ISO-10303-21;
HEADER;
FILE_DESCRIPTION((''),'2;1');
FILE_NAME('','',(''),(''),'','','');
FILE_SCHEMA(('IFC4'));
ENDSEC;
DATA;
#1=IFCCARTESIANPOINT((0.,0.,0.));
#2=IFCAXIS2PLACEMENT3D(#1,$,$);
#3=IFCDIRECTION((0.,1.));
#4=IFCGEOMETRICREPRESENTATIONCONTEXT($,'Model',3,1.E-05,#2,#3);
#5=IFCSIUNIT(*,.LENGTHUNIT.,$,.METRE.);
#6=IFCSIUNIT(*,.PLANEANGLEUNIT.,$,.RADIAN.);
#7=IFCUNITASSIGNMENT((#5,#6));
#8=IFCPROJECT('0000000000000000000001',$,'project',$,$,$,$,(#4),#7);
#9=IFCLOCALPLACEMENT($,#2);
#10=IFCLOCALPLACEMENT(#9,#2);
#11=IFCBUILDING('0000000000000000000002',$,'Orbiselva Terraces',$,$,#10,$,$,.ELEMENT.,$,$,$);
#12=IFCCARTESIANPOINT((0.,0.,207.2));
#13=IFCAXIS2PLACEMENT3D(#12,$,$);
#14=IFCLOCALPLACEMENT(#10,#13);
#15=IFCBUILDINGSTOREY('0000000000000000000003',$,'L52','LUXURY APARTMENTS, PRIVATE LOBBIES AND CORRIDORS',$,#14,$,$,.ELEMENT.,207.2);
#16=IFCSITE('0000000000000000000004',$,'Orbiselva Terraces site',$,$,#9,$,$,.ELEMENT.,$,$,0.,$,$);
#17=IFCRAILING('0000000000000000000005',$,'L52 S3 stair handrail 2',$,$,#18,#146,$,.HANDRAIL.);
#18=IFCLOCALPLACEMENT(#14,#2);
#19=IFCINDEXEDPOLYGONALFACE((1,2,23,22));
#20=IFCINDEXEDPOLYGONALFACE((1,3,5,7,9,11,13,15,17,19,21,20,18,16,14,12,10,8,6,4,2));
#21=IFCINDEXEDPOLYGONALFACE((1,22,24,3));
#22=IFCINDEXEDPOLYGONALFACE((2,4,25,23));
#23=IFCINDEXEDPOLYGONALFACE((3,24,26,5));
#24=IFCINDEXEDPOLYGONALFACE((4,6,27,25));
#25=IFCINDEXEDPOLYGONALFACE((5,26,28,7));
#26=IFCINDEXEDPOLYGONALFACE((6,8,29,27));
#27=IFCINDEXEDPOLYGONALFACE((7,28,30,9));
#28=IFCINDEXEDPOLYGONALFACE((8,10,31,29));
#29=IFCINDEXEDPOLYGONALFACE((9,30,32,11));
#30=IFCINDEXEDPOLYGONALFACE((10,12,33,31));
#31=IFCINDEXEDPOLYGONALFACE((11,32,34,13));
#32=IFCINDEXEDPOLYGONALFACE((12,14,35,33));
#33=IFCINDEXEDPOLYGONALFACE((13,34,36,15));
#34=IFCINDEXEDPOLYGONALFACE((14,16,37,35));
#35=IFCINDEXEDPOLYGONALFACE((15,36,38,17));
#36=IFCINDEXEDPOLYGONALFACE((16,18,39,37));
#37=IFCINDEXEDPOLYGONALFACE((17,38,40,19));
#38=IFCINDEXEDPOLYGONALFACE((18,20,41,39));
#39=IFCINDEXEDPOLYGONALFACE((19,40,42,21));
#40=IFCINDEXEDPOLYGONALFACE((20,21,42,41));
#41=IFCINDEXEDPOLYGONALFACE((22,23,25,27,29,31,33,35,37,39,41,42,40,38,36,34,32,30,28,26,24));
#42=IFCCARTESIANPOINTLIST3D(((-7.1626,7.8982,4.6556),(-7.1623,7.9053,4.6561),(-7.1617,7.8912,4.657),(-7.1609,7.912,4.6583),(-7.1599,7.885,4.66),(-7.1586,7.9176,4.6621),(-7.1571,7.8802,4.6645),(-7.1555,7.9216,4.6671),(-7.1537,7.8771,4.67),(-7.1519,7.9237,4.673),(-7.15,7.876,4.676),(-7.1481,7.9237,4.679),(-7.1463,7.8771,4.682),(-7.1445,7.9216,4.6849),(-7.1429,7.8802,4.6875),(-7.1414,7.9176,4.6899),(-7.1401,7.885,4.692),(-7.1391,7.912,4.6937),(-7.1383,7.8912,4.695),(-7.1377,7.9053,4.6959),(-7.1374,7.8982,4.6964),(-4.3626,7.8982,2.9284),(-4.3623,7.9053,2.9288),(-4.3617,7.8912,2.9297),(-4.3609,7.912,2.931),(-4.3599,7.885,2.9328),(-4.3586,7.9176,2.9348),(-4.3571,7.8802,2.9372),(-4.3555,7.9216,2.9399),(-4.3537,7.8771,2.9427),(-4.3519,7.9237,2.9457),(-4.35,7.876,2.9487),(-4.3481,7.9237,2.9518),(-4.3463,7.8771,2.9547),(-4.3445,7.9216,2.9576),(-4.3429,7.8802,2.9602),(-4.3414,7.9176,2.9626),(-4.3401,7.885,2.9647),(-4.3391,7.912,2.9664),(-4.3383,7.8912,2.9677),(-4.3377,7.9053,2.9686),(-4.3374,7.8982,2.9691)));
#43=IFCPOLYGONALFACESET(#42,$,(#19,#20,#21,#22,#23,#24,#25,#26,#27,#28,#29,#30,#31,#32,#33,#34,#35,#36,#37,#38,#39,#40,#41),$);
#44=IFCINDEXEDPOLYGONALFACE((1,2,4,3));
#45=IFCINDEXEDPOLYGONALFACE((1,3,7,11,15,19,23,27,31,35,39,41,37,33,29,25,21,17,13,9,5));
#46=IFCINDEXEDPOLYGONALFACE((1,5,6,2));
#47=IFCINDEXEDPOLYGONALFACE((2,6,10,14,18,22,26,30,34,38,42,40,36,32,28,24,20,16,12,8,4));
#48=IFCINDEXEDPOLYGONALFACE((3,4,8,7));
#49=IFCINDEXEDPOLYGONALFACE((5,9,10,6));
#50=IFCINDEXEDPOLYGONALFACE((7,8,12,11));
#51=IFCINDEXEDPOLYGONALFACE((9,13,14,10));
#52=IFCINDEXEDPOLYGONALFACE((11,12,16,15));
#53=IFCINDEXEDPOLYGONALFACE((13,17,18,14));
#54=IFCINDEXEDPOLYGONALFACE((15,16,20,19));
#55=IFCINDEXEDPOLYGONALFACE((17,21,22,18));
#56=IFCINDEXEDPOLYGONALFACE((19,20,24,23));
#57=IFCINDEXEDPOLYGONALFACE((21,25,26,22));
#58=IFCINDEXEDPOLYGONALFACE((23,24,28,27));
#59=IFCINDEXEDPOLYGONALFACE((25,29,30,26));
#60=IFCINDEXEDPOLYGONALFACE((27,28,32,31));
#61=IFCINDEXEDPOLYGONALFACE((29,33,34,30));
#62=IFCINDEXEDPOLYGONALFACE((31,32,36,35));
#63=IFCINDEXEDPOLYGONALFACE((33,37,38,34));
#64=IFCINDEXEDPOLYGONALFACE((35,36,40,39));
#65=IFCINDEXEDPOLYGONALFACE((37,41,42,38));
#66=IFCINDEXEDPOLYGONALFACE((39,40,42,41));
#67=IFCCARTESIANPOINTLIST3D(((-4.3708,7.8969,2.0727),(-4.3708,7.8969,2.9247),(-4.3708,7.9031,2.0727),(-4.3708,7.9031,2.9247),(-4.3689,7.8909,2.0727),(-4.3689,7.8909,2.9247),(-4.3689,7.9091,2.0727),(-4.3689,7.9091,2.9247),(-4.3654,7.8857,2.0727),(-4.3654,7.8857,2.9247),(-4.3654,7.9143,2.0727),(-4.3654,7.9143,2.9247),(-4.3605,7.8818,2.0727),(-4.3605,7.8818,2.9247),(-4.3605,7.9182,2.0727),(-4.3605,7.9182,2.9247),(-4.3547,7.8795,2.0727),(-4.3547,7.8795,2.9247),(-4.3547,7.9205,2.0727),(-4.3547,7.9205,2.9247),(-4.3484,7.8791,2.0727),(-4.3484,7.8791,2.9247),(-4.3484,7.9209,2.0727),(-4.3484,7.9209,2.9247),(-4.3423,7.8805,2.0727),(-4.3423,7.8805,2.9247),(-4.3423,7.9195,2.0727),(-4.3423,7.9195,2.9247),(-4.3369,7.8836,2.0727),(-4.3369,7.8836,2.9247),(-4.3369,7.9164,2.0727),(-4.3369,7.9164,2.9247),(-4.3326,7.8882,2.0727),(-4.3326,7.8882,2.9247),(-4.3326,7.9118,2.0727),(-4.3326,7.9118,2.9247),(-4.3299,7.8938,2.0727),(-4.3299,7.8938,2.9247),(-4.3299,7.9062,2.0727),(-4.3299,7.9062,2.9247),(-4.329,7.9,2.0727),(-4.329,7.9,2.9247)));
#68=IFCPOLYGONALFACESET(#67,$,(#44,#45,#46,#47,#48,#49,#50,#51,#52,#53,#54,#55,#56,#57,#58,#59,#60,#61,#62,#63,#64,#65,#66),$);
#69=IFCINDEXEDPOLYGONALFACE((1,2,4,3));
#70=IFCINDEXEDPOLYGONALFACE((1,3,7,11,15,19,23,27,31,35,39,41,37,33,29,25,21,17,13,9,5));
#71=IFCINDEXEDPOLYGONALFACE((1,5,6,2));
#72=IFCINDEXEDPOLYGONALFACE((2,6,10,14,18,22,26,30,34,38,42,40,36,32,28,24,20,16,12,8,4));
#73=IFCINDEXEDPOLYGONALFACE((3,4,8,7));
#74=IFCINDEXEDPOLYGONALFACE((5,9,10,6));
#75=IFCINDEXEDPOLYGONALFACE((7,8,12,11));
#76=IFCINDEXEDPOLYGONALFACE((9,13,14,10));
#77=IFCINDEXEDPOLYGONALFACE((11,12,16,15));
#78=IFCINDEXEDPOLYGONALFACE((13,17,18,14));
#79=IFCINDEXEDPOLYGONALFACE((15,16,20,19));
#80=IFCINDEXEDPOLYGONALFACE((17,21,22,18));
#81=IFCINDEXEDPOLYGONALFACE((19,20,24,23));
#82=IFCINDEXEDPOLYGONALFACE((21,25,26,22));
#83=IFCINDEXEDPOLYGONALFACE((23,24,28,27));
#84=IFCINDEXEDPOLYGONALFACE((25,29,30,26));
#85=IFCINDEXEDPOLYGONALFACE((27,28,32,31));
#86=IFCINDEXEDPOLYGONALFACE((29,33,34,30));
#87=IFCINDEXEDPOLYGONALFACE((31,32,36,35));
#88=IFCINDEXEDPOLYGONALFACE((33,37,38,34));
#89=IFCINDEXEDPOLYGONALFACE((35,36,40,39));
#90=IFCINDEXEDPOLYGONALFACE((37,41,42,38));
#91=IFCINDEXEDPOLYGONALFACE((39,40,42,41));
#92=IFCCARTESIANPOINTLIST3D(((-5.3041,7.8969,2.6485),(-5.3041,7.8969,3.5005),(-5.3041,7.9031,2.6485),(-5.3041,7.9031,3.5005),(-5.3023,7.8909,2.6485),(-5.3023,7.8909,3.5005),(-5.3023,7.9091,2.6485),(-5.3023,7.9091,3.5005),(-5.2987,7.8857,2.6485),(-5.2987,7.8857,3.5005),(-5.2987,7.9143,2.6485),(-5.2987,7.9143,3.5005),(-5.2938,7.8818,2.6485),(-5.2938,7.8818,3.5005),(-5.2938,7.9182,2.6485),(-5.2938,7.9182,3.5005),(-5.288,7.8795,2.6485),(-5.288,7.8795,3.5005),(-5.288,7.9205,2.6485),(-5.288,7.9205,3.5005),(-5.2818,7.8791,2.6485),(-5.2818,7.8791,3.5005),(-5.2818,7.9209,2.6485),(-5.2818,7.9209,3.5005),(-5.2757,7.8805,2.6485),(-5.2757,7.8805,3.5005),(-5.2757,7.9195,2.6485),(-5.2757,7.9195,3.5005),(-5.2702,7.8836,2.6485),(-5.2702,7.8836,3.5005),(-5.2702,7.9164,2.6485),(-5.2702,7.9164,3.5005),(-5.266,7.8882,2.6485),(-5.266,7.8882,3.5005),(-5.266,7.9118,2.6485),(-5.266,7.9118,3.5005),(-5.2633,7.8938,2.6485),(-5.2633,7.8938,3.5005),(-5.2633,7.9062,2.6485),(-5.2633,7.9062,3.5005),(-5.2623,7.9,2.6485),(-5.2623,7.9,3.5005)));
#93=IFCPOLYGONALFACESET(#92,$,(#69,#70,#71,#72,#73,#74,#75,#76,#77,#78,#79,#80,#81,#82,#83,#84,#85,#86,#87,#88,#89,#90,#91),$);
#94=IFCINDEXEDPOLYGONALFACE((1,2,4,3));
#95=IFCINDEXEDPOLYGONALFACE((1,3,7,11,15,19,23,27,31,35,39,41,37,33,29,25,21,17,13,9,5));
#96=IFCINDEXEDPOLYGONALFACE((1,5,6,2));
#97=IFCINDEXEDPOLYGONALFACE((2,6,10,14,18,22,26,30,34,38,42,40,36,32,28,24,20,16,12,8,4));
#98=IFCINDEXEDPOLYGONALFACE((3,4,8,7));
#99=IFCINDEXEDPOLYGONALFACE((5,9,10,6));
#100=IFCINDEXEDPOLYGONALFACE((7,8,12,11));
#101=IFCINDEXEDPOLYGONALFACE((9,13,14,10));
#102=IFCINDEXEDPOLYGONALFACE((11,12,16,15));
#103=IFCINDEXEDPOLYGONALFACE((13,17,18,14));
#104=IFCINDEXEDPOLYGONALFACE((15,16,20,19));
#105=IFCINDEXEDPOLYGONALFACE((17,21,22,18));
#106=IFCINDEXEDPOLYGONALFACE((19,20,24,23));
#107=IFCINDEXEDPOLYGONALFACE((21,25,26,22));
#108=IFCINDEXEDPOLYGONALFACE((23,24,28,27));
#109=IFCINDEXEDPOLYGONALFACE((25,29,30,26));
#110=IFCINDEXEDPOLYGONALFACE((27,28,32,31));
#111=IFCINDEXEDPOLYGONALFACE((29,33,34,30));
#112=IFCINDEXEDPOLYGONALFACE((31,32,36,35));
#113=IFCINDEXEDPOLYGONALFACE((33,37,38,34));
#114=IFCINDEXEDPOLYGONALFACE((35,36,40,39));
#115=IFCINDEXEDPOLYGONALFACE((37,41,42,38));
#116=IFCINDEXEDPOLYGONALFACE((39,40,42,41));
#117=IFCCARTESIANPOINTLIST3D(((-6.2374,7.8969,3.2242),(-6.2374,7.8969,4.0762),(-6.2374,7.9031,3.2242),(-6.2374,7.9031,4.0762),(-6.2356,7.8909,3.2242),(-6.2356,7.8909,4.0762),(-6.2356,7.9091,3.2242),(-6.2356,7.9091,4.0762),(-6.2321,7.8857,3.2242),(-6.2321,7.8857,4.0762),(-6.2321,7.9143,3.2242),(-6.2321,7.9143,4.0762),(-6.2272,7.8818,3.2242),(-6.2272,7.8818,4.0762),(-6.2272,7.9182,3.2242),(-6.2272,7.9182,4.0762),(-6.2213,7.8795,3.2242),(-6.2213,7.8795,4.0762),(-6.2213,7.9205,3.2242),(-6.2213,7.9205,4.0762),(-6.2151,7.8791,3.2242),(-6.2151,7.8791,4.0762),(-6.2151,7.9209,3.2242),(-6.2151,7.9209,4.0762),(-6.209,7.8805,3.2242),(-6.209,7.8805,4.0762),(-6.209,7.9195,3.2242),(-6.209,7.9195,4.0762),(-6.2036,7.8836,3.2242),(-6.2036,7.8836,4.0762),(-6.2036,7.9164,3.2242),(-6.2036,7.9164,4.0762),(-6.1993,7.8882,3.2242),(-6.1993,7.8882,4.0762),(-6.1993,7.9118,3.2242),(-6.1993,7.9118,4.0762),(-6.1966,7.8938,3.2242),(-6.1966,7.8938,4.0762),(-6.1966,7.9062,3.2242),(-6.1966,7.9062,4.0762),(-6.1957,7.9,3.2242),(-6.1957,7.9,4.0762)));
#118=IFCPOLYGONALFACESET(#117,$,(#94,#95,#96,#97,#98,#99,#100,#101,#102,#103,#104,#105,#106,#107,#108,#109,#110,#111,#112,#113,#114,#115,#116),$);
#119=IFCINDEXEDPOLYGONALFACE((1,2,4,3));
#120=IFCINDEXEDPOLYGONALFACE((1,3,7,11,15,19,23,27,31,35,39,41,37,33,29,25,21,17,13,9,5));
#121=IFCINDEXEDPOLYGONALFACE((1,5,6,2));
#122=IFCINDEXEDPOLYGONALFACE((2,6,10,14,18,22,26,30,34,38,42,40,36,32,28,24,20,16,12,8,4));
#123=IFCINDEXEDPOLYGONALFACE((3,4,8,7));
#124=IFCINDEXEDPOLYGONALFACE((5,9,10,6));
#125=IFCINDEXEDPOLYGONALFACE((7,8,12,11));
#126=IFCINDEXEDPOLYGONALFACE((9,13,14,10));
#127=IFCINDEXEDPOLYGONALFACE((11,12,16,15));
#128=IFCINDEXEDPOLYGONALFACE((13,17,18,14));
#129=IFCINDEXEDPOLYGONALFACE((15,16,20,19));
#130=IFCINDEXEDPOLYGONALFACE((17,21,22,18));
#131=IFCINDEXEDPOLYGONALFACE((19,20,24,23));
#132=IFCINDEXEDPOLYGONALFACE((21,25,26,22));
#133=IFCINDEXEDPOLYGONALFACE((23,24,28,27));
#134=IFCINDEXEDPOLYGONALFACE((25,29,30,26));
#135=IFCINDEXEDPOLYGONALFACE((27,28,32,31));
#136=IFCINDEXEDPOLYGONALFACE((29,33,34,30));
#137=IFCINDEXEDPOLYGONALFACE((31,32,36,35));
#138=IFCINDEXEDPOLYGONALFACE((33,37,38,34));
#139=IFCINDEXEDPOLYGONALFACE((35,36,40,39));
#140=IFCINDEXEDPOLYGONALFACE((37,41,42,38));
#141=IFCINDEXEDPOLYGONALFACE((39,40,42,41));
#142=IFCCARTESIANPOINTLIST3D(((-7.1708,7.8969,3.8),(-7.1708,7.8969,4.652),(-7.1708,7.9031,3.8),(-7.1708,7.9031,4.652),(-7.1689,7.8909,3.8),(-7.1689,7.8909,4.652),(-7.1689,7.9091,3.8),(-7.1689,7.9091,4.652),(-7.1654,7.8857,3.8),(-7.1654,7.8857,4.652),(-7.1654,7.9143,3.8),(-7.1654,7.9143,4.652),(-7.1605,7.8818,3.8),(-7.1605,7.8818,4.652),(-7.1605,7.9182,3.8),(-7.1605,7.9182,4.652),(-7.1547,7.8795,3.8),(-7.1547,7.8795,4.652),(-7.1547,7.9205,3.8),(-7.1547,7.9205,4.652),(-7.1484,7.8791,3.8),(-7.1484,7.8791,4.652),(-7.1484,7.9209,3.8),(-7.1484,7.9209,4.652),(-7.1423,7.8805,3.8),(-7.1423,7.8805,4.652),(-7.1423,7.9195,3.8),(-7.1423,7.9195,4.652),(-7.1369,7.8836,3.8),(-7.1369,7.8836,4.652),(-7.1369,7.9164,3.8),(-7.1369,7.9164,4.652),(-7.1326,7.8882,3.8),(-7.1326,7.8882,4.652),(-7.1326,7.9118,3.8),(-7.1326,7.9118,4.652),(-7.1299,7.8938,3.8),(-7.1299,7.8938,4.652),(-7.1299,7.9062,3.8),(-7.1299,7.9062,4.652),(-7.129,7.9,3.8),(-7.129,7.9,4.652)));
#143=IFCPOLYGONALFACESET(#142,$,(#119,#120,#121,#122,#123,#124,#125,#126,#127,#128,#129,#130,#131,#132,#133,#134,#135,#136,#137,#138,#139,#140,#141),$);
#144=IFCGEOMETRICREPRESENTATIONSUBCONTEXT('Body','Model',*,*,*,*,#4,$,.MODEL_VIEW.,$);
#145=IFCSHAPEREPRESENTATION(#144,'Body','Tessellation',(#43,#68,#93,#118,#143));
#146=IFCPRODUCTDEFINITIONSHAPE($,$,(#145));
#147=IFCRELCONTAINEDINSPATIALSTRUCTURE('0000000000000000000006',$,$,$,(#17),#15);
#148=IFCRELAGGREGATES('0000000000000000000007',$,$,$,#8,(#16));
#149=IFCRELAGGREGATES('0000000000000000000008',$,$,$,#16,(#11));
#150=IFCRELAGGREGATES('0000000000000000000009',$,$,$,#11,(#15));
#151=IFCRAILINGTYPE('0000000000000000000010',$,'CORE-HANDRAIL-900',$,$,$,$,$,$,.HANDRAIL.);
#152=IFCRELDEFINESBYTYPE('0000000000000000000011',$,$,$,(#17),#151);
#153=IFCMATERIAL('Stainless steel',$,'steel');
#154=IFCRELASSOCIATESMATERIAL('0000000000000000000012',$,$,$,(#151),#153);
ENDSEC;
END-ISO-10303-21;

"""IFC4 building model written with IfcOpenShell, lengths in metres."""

from ifc_helpers import new_model, si_unit, direction, frame, origin, origin_2d, place, context, subcontext, project, spatial, circle, extrude, material, type_object, element, save


model = new_model("IFC4")

# Units and contexts
model_context = context("Model", 3, precision=1e-05, world=origin(), true_north=direction((0.0, 1.0)))
body_context = subcontext(model_context, "Body", "Model", "MODEL_VIEW")
ifc_project = project(units=[si_unit("LENGTHUNIT", "METRE"), si_unit("PLANEANGLEUNIT", "RADIAN")], contexts=[model_context])

# Site, building, storey
site_placement = place(None, origin())
site = spatial("IfcSite", under=ifc_project, at=site_placement, Name="Orbiselva Terraces site", CompositionType="ELEMENT", RefElevation=0.0)
building_placement = place(site_placement, origin())
building = spatial("IfcBuilding", under=site, at=building_placement, Name="Orbiselva Terraces", CompositionType="ELEMENT")
storey_placement = place(building_placement, frame((0.0, 0.0, 207.2)))
storey = spatial("IfcBuildingStorey", under=building, at=storey_placement, Name="L52", Description="LUXURY APARTMENTS, PRIVATE LOBBIES AND CORRIDORS", CompositionType="ELEMENT", Elevation=207.2)

# Railing
ifc_material_1 = material(Name="Stainless steel", Category="steel")
railing_type_1 = type_object("IfcRailingType", Name="CORE-HANDRAIL-900", PredefinedType="HANDRAIL", material=ifc_material_1)
railing_1_placement = place(storey_placement, frame((-4.35, 7.9, 2.0727)))
element("IfcRailing", 1, at=railing_1_placement, inside=storey, type_object=railing_type_1, Name="L52 S3 stair handrail 2", PredefinedType="HANDRAIL", context=body_context, shape_type="SweptSolid", body=[
    extrude(circle(Radius=0.024, at=origin_2d()), frame((0.0, 0.0, 0.876), z_axis=(-0.851089, 0.0, 0.525022), x_axis=(0.0, -1.0, 0.0)), (0.0, 0.0, 1.0), 3.2899),
    extrude(circle(Radius=0.021, at=origin_2d()), origin(), (0.0, 0.0, 1.0), 0.852),
    extrude(circle(Radius=0.021, at=origin_2d()), frame((-0.9333, 0.0, 0.5758)), (0.0, 0.0, 1.0), 0.852),
    extrude(circle(Radius=0.021, at=origin_2d()), frame((-1.8667, 0.0, 1.1515)), (0.0, 0.0, 1.0), 0.852),
    extrude(circle(Radius=0.021, at=origin_2d()), frame((-2.8, 0.0, 1.7273)), (0.0, 0.0, 1.0), 0.852),
])

save(model, "model.ifc")
